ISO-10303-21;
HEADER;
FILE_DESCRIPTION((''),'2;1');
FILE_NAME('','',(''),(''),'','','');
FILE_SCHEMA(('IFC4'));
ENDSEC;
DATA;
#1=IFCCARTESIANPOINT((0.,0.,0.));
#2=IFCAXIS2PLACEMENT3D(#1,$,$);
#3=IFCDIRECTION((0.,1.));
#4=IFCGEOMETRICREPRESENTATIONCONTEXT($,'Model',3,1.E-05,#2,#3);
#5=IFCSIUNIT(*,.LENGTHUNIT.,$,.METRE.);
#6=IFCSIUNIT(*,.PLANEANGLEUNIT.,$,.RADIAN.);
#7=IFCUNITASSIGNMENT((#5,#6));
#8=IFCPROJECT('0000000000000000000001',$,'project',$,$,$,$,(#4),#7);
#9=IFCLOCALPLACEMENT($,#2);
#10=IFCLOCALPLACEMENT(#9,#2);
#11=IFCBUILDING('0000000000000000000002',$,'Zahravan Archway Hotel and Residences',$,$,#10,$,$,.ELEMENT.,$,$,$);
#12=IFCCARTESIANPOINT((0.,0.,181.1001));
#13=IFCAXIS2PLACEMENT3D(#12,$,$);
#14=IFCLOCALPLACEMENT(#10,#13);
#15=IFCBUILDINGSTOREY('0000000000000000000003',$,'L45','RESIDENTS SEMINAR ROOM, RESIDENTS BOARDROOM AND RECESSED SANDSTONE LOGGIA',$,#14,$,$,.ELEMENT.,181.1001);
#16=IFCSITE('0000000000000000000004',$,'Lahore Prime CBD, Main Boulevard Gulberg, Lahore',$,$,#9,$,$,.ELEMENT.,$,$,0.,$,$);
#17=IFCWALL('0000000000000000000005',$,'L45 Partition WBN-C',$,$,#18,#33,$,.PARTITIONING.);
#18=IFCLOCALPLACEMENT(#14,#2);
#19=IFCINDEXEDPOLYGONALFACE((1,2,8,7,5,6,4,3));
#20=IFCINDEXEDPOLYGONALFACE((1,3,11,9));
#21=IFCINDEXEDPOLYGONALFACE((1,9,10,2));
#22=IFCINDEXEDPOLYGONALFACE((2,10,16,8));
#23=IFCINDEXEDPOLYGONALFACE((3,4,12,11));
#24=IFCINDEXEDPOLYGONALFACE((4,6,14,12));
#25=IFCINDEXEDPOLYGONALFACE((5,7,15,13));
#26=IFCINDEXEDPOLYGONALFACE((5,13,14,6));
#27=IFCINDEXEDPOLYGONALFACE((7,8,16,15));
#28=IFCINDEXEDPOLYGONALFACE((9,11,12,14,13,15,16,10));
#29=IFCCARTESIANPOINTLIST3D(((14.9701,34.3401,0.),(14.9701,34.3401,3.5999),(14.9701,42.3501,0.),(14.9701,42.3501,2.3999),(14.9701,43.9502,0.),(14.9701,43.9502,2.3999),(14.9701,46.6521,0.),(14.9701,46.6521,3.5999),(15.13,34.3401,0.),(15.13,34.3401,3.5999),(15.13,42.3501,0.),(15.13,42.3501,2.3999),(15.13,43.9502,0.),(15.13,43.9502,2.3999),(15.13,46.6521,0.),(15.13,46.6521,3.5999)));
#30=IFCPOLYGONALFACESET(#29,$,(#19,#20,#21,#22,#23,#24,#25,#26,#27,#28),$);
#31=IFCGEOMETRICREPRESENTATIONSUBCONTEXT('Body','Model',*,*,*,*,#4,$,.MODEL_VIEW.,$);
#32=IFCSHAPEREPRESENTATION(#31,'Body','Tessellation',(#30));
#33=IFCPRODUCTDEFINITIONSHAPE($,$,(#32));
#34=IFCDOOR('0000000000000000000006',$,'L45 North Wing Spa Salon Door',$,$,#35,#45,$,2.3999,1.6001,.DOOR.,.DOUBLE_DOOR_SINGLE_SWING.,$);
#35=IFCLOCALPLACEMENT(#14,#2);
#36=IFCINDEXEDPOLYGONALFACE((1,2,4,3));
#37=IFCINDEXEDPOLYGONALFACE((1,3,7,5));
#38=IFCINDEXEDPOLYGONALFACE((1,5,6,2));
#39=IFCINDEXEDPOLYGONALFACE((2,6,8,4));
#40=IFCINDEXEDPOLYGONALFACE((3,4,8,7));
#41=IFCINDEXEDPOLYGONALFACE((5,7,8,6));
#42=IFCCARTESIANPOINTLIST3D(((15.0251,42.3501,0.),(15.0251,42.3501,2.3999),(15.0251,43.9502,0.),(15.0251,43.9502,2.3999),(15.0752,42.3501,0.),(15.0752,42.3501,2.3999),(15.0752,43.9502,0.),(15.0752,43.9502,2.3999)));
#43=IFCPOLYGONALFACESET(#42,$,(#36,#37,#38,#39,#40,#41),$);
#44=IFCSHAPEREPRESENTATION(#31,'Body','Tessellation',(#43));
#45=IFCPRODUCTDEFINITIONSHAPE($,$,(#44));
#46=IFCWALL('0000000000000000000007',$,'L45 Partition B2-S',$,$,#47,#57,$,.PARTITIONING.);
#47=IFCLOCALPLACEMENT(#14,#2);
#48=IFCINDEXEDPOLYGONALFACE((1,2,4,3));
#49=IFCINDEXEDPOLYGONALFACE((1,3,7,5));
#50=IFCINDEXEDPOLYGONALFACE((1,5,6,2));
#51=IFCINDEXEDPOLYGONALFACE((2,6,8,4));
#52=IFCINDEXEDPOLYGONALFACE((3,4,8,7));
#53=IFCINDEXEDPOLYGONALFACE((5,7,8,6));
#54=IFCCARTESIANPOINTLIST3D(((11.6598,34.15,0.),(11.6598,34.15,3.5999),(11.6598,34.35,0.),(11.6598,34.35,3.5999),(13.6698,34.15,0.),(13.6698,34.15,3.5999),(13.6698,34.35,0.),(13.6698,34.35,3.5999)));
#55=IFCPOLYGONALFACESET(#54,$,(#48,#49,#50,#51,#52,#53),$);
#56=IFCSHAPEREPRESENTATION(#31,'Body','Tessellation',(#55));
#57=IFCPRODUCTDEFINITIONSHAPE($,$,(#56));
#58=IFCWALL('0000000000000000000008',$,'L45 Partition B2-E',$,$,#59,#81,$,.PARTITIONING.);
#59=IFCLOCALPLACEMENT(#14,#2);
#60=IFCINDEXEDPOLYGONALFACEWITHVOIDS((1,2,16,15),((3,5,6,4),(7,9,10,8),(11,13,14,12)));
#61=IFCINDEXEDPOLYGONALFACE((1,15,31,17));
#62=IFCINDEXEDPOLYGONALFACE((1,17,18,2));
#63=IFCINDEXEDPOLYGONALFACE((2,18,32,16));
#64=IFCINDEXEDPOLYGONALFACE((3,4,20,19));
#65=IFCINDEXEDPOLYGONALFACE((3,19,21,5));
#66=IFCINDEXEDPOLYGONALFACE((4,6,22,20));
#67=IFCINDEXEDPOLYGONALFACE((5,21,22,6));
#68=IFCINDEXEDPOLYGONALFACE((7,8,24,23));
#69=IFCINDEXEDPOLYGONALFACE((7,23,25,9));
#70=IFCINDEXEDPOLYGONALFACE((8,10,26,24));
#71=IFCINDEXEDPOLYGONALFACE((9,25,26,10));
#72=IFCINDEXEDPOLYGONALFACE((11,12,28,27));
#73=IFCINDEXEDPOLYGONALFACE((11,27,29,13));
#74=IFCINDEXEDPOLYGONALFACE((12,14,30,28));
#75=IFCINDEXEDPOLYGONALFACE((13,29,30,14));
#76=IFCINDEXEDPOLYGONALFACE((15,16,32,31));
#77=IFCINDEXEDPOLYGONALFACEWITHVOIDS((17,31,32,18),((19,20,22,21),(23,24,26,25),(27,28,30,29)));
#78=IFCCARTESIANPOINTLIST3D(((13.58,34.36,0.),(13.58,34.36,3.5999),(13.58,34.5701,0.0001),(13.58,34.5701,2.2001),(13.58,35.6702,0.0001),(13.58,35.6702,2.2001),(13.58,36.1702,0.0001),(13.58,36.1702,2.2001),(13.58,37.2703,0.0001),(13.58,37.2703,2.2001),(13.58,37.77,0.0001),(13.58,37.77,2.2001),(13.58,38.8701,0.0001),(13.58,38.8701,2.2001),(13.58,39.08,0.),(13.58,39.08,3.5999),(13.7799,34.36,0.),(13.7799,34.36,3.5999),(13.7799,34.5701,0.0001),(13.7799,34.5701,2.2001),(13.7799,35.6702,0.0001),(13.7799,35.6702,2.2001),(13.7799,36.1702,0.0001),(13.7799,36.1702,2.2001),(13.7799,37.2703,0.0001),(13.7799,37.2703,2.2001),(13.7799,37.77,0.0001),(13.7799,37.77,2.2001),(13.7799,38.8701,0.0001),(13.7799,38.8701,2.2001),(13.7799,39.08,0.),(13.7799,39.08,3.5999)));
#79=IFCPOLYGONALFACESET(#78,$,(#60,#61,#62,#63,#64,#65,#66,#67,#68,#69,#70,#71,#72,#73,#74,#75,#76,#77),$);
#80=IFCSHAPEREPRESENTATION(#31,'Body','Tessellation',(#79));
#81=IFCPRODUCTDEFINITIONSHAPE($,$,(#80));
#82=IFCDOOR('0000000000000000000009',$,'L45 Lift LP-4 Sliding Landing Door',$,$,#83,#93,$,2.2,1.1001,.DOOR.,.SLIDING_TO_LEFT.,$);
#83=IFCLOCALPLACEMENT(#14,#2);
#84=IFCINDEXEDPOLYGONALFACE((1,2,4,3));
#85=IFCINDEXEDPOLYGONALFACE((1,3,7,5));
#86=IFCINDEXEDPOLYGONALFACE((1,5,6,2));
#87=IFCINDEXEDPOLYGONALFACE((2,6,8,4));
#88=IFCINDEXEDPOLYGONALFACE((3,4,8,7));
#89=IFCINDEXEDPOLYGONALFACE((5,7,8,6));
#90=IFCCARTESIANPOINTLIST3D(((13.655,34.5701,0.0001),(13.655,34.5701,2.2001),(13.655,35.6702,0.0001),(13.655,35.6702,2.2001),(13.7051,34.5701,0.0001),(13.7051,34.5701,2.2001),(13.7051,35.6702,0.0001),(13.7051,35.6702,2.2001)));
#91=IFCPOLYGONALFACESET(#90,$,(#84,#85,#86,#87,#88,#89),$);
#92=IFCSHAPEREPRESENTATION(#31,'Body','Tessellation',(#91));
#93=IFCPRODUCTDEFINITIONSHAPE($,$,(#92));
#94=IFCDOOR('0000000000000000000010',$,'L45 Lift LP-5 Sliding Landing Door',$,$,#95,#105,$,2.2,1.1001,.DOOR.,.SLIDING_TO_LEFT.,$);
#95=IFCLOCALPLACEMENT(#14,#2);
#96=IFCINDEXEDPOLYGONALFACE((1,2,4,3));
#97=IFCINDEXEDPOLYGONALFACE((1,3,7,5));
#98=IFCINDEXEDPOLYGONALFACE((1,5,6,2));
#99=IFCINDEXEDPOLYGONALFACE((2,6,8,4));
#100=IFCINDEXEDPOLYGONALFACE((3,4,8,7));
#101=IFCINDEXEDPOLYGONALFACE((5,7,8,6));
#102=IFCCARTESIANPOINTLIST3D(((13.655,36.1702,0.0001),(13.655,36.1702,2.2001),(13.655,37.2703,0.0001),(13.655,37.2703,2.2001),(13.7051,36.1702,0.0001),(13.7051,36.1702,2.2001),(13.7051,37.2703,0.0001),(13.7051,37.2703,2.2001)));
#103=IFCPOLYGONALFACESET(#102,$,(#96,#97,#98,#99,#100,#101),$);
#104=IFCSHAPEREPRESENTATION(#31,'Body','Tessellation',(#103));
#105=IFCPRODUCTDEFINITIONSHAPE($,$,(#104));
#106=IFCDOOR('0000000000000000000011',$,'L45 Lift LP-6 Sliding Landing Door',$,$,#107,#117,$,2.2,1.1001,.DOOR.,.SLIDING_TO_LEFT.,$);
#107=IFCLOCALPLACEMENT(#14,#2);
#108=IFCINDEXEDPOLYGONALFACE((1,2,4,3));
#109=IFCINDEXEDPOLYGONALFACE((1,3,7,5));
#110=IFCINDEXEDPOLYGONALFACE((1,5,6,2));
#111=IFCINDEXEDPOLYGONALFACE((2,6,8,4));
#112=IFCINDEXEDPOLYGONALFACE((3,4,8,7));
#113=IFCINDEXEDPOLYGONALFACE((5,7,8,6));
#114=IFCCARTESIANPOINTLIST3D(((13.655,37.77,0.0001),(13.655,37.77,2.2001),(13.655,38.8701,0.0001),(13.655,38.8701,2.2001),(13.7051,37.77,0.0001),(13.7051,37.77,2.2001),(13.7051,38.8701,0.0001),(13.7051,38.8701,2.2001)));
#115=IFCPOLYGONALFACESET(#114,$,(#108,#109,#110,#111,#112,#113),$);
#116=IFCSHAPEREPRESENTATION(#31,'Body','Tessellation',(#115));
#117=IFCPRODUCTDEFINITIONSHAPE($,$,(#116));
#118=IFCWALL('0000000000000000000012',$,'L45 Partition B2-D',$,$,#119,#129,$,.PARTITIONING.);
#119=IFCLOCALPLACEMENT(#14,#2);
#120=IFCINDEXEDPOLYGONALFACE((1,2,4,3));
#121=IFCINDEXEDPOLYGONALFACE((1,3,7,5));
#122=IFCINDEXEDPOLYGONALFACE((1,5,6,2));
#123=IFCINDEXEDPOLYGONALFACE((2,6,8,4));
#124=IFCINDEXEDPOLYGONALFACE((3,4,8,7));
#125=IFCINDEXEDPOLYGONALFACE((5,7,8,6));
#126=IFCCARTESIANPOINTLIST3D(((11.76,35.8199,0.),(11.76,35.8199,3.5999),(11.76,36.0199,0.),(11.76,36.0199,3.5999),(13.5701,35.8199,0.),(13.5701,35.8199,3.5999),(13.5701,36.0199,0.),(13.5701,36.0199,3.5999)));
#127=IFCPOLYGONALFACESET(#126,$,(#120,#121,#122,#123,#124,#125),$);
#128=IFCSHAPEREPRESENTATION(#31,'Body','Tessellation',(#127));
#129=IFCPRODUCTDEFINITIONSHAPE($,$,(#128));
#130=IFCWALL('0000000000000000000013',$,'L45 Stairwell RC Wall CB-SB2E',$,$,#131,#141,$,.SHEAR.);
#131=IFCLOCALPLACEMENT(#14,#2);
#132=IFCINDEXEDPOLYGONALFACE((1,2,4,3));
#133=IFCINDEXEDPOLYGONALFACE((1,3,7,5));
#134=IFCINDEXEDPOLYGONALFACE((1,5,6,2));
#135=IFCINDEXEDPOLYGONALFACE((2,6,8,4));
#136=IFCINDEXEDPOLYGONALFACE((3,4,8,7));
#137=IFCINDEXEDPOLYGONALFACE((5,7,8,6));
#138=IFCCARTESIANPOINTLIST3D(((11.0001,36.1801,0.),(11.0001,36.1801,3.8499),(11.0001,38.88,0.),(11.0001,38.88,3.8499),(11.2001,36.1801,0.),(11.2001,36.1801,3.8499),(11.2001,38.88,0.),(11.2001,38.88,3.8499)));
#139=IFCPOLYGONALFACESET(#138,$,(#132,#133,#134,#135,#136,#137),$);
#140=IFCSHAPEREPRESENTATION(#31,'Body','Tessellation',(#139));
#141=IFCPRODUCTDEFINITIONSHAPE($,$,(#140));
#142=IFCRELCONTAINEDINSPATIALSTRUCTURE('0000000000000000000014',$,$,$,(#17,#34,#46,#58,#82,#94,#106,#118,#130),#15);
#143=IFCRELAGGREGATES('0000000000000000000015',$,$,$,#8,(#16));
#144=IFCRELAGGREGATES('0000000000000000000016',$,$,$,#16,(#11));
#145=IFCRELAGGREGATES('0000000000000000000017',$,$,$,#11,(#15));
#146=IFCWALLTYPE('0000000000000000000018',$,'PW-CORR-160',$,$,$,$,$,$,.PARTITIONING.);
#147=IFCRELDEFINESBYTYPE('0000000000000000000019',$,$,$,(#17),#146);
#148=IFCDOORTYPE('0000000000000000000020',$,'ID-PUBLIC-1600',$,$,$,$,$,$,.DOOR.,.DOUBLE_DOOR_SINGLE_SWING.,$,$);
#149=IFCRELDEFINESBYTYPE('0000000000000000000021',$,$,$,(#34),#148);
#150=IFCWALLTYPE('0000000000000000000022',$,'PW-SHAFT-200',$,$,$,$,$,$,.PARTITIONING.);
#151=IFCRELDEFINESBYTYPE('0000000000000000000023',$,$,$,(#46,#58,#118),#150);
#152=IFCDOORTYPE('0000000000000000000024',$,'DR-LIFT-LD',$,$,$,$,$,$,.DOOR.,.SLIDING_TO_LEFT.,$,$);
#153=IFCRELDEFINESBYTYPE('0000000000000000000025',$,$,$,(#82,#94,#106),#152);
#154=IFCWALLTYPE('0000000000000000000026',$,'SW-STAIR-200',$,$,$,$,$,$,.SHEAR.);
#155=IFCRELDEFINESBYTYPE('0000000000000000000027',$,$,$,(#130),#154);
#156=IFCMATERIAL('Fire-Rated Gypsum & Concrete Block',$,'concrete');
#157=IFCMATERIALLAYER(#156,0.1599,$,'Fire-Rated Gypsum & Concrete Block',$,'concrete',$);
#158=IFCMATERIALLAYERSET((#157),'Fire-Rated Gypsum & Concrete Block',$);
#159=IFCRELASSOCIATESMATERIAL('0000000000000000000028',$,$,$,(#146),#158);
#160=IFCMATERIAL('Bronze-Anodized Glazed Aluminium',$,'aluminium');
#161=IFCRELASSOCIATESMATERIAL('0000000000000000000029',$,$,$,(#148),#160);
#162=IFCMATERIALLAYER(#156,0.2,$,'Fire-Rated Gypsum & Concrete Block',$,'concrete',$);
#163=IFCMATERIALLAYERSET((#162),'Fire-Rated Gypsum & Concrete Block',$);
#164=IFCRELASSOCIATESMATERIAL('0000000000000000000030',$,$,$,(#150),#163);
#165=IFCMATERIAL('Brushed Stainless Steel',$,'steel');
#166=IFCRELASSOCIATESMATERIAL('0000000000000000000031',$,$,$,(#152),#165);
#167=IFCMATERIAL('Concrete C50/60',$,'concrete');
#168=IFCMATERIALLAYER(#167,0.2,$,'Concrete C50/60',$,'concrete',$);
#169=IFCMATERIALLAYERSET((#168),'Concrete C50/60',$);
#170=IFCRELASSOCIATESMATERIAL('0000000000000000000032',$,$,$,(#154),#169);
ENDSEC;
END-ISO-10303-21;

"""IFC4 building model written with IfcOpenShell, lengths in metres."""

from ifc_helpers import new_model, si_unit, direction, frame, frame_2d, origin, place, context, subcontext, project, spatial, rectangle, extrude, source, transform, mapped, material, layer, layer_set, type_object, type_shapes, element, fill, save


model = new_model("IFC4")

# Units and contexts
model_context = context("Model", 3, precision=1e-05, world=origin(), true_north=direction((0.0, 1.0)))
body_context = subcontext(model_context, "Body", "Model", "MODEL_VIEW")
ifc_project = project(units=[si_unit("LENGTHUNIT", "METRE"), si_unit("PLANEANGLEUNIT", "RADIAN")], contexts=[model_context])

# Site, building, storey
site_placement = place(None, origin())
site = spatial("IfcSite", under=ifc_project, at=site_placement, Name="Lahore Prime CBD, Main Boulevard Gulberg, Lahore", CompositionType="ELEMENT", RefElevation=0.0)
building_placement = place(site_placement, origin())
building = spatial("IfcBuilding", under=site, at=building_placement, Name="Zahravan Archway Hotel and Residences", CompositionType="ELEMENT")
storey_placement = place(building_placement, frame((0.0, 0.0, 181.1001)))
storey = spatial("IfcBuildingStorey", under=building, at=storey_placement, Name="L45", Description="RESIDENTS SEMINAR ROOM, RESIDENTS BOARDROOM AND RECESSED SANDSTONE LOGGIA", CompositionType="ELEMENT", Elevation=181.1001)

# Wall, opening, door
ifc_material_1 = material(Name="Fire-Rated Gypsum & Concrete Block", Category="concrete")
ifc_layer_1 = layer(ifc_material_1, 0.1599, Name="Fire-Rated Gypsum & Concrete Block", Category="concrete")
ifc_layer_set_1 = layer_set([ifc_layer_1], Name="Fire-Rated Gypsum & Concrete Block")
wall_type_1 = type_object("IfcWallType", Name="PW-CORR-160", PredefinedType="PARTITIONING", material=ifc_layer_set_1)
wall_1_placement = place(storey_placement, frame((15.05, 34.3401, 0.0), z_axis=(0.0, 0.0, 1.0), x_axis=(0.0, 1.0, 0.0)))
wall_1 = element("IfcWall", 1, at=wall_1_placement, inside=storey, type_object=wall_type_1, Name="L45 Partition WBN-C", PredefinedType="PARTITIONING", context=body_context, shape_type="SweptSolid", body=[
    extrude(rectangle(XDim=12.312, YDim=0.1599, at=frame_2d((6.156, 0.0))), origin(), (0.0, 0.0, 1.0), 3.5999),
])
opening_1_placement = place(wall_1_placement, frame((8.01, 0.0, 0.0)))
opening_1 = element("IfcOpeningElement", 2, at=opening_1_placement, cuts=wall_1, PredefinedType="OPENING", context=body_context, shape_type="SweptSolid", body=[
    extrude(rectangle(XDim=1.6001, YDim=2.3999, at=frame_2d((0.8, 1.2))), frame((0.0, 0.0898, 0.0), z_axis=(0.0, -1.0, 0.0), x_axis=(1.0, 0.0, 0.0)), (0.0, 0.0, 1.0), 0.1799),
])
ifc_material_2 = material(Name="Bronze-Anodized Glazed Aluminium", Category="aluminium")
door_type_1 = type_object("IfcDoorType", Name="ID-PUBLIC-1600", OperationType="DOUBLE_DOOR_SINGLE_SWING", PredefinedType="DOOR", material=ifc_material_2)
shared_shape_1 = source(origin(), body_context, "Body", "SweptSolid", [
    extrude(rectangle(XDim=1.6001, YDim=2.3999, at=frame_2d((0.8, 1.2))), frame((0.0, 0.0249, 0.0), z_axis=(0.0, -1.0, 0.0), x_axis=(1.0, 0.0, 0.0)), (0.0, 0.0, 1.0), 0.05),
])
type_shapes(door_type_1, [shared_shape_1])
door_1_placement = place(opening_1_placement, origin())
door_1 = element("IfcDoor", 3, at=door_1_placement, inside=storey, type_object=door_type_1, Name="L45 North Wing Spa Salon Door", OperationType="DOUBLE_DOOR_SINGLE_SWING", OverallHeight=2.3999, OverallWidth=1.6001, PredefinedType="DOOR", context=body_context, shape_type="MappedRepresentation", body=[
    mapped(shared_shape_1, transform((0.0, 0.0, 0.0), scale=1.0)),
])
fill(opening_1, door_1)

# Wall
ifc_layer_2 = layer(ifc_material_1, 0.2, Name="Fire-Rated Gypsum & Concrete Block", Category="concrete")
ifc_layer_set_2 = layer_set([ifc_layer_2], Name="Fire-Rated Gypsum & Concrete Block")
wall_type_2 = type_object("IfcWallType", Name="PW-SHAFT-200", PredefinedType="PARTITIONING", material=ifc_layer_set_2)
wall_2_placement = place(storey_placement, frame((11.6599, 34.25, 0.0), z_axis=(0.0, 0.0, 1.0), x_axis=(1.0, 0.0, 0.0)))
element("IfcWall", 4, at=wall_2_placement, inside=storey, type_object=wall_type_2, Name="L45 Partition B2-S", PredefinedType="PARTITIONING", context=body_context, shape_type="SweptSolid", body=[
    extrude(rectangle(XDim=2.01, YDim=0.2, at=frame_2d((1.0049, 0.0))), origin(), (0.0, 0.0, 1.0), 3.5999),
])

# Wall, openings, doors
wall_3_placement = place(storey_placement, frame((13.6799, 34.3601, 0.0), z_axis=(0.0, 0.0, 1.0), x_axis=(0.0, 1.0, 0.0)))
wall_3 = element("IfcWall", 5, at=wall_3_placement, inside=storey, type_object=wall_type_2, Name="L45 Partition B2-E", PredefinedType="PARTITIONING", context=body_context, shape_type="SweptSolid", body=[
    extrude(rectangle(XDim=4.72, YDim=0.2, at=frame_2d((2.3599, 0.0))), origin(), (0.0, 0.0, 1.0), 3.5999),
])
opening_2_placement = place(wall_3_placement, frame((0.21, 0.0, 0.0)))
opening_2 = element("IfcOpeningElement", 6, at=opening_2_placement, cuts=wall_3, PredefinedType="OPENING", context=body_context, shape_type="SweptSolid", body=[
    extrude(rectangle(XDim=1.1001, YDim=2.2, at=frame_2d((0.55, 1.1001))), frame((0.0, 0.1099, 0.0), z_axis=(0.0, -1.0, 0.0), x_axis=(1.0, 0.0, 0.0)), (0.0, 0.0, 1.0), 0.22),
])
opening_3_placement = place(wall_3_placement, frame((1.8101, 0.0, 0.0)))
opening_3 = element("IfcOpeningElement", 7, at=opening_3_placement, cuts=wall_3, PredefinedType="OPENING", context=body_context, shape_type="SweptSolid", body=[
    extrude(rectangle(XDim=1.1001, YDim=2.2, at=frame_2d((0.55, 1.1001))), frame((0.0, 0.1099, 0.0), z_axis=(0.0, -1.0, 0.0), x_axis=(1.0, 0.0, 0.0)), (0.0, 0.0, 1.0), 0.22),
])
opening_4_placement = place(wall_3_placement, frame((3.4099, 0.0, 0.0)))
opening_4 = element("IfcOpeningElement", 8, at=opening_4_placement, cuts=wall_3, PredefinedType="OPENING", context=body_context, shape_type="SweptSolid", body=[
    extrude(rectangle(XDim=1.1001, YDim=2.2, at=frame_2d((0.55, 1.1001))), frame((0.0, 0.1099, 0.0), z_axis=(0.0, -1.0, 0.0), x_axis=(1.0, 0.0, 0.0)), (0.0, 0.0, 1.0), 0.22),
])
ifc_material_3 = material(Name="Brushed Stainless Steel", Category="steel")
door_type_2 = type_object("IfcDoorType", Name="DR-LIFT-LD", OperationType="SLIDING_TO_LEFT", PredefinedType="DOOR", material=ifc_material_3)
shared_shape_2 = source(origin(), body_context, "Body", "SweptSolid", [
    extrude(rectangle(XDim=1.1001, YDim=2.2, at=frame_2d((0.55, 1.1001))), frame((0.0, 0.0249, 0.0), z_axis=(0.0, -1.0, 0.0), x_axis=(1.0, 0.0, 0.0)), (0.0, 0.0, 1.0), 0.05),
])
type_shapes(door_type_2, [shared_shape_2])
door_2_placement = place(opening_2_placement, origin())
door_2 = element("IfcDoor", 9, at=door_2_placement, inside=storey, type_object=door_type_2, Name="L45 Lift LP-4 Sliding Landing Door", OperationType="SLIDING_TO_LEFT", OverallHeight=2.2, OverallWidth=1.1001, PredefinedType="DOOR", context=body_context, shape_type="MappedRepresentation", body=[
    mapped(shared_shape_2, transform((0.0, 0.0, 0.0), scale=1.0)),
])
fill(opening_2, door_2)
door_3_placement = place(opening_3_placement, origin())
door_3 = element("IfcDoor", 10, at=door_3_placement, inside=storey, type_object=door_type_2, Name="L45 Lift LP-5 Sliding Landing Door", OperationType="SLIDING_TO_LEFT", OverallHeight=2.2, OverallWidth=1.1001, PredefinedType="DOOR", context=body_context, shape_type="MappedRepresentation", body=[
    mapped(shared_shape_2, transform((0.0, 0.0, 0.0), scale=1.0)),
])
fill(opening_3, door_3)
door_4_placement = place(opening_4_placement, origin())
door_4 = element("IfcDoor", 11, at=door_4_placement, inside=storey, type_object=door_type_2, Name="L45 Lift LP-6 Sliding Landing Door", OperationType="SLIDING_TO_LEFT", OverallHeight=2.2, OverallWidth=1.1001, PredefinedType="DOOR", context=body_context, shape_type="MappedRepresentation", body=[
    mapped(shared_shape_2, transform((0.0, 0.0, 0.0), scale=1.0)),
])
fill(opening_4, door_4)

# Wall
wall_4_placement = place(storey_placement, frame((11.76, 35.9199, 0.0), z_axis=(0.0, 0.0, 1.0), x_axis=(1.0, 0.0, 0.0)))
element("IfcWall", 12, at=wall_4_placement, inside=storey, type_object=wall_type_2, Name="L45 Partition B2-D", PredefinedType="PARTITIONING", context=body_context, shape_type="SweptSolid", body=[
    extrude(rectangle(XDim=1.8101, YDim=0.2, at=frame_2d((0.905, 0.0))), origin(), (0.0, 0.0, 1.0), 3.5999),
])

# Wall
ifc_material_4 = material(Name="Concrete C50/60", Category="concrete")
ifc_layer_3 = layer(ifc_material_4, 0.2, Name="Concrete C50/60", Category="concrete")
ifc_layer_set_3 = layer_set([ifc_layer_3], Name="Concrete C50/60")
wall_type_3 = type_object("IfcWallType", Name="SW-STAIR-200", PredefinedType="SHEAR", material=ifc_layer_set_3)
wall_5_placement = place(storey_placement, frame((11.1001, 36.1799, 0.0), z_axis=(0.0, 0.0, 1.0), x_axis=(0.0, 1.0, 0.0)))
element("IfcWall", 13, at=wall_5_placement, inside=storey, type_object=wall_type_3, Name="L45 Stairwell RC Wall CB-SB2E", PredefinedType="SHEAR", context=body_context, shape_type="SweptSolid", body=[
    extrude(rectangle(XDim=2.7, YDim=0.2, at=frame_2d((1.3501, 0.0))), origin(), (0.0, 0.0, 1.0), 3.8499),
])

save(model, "model.ifc")
